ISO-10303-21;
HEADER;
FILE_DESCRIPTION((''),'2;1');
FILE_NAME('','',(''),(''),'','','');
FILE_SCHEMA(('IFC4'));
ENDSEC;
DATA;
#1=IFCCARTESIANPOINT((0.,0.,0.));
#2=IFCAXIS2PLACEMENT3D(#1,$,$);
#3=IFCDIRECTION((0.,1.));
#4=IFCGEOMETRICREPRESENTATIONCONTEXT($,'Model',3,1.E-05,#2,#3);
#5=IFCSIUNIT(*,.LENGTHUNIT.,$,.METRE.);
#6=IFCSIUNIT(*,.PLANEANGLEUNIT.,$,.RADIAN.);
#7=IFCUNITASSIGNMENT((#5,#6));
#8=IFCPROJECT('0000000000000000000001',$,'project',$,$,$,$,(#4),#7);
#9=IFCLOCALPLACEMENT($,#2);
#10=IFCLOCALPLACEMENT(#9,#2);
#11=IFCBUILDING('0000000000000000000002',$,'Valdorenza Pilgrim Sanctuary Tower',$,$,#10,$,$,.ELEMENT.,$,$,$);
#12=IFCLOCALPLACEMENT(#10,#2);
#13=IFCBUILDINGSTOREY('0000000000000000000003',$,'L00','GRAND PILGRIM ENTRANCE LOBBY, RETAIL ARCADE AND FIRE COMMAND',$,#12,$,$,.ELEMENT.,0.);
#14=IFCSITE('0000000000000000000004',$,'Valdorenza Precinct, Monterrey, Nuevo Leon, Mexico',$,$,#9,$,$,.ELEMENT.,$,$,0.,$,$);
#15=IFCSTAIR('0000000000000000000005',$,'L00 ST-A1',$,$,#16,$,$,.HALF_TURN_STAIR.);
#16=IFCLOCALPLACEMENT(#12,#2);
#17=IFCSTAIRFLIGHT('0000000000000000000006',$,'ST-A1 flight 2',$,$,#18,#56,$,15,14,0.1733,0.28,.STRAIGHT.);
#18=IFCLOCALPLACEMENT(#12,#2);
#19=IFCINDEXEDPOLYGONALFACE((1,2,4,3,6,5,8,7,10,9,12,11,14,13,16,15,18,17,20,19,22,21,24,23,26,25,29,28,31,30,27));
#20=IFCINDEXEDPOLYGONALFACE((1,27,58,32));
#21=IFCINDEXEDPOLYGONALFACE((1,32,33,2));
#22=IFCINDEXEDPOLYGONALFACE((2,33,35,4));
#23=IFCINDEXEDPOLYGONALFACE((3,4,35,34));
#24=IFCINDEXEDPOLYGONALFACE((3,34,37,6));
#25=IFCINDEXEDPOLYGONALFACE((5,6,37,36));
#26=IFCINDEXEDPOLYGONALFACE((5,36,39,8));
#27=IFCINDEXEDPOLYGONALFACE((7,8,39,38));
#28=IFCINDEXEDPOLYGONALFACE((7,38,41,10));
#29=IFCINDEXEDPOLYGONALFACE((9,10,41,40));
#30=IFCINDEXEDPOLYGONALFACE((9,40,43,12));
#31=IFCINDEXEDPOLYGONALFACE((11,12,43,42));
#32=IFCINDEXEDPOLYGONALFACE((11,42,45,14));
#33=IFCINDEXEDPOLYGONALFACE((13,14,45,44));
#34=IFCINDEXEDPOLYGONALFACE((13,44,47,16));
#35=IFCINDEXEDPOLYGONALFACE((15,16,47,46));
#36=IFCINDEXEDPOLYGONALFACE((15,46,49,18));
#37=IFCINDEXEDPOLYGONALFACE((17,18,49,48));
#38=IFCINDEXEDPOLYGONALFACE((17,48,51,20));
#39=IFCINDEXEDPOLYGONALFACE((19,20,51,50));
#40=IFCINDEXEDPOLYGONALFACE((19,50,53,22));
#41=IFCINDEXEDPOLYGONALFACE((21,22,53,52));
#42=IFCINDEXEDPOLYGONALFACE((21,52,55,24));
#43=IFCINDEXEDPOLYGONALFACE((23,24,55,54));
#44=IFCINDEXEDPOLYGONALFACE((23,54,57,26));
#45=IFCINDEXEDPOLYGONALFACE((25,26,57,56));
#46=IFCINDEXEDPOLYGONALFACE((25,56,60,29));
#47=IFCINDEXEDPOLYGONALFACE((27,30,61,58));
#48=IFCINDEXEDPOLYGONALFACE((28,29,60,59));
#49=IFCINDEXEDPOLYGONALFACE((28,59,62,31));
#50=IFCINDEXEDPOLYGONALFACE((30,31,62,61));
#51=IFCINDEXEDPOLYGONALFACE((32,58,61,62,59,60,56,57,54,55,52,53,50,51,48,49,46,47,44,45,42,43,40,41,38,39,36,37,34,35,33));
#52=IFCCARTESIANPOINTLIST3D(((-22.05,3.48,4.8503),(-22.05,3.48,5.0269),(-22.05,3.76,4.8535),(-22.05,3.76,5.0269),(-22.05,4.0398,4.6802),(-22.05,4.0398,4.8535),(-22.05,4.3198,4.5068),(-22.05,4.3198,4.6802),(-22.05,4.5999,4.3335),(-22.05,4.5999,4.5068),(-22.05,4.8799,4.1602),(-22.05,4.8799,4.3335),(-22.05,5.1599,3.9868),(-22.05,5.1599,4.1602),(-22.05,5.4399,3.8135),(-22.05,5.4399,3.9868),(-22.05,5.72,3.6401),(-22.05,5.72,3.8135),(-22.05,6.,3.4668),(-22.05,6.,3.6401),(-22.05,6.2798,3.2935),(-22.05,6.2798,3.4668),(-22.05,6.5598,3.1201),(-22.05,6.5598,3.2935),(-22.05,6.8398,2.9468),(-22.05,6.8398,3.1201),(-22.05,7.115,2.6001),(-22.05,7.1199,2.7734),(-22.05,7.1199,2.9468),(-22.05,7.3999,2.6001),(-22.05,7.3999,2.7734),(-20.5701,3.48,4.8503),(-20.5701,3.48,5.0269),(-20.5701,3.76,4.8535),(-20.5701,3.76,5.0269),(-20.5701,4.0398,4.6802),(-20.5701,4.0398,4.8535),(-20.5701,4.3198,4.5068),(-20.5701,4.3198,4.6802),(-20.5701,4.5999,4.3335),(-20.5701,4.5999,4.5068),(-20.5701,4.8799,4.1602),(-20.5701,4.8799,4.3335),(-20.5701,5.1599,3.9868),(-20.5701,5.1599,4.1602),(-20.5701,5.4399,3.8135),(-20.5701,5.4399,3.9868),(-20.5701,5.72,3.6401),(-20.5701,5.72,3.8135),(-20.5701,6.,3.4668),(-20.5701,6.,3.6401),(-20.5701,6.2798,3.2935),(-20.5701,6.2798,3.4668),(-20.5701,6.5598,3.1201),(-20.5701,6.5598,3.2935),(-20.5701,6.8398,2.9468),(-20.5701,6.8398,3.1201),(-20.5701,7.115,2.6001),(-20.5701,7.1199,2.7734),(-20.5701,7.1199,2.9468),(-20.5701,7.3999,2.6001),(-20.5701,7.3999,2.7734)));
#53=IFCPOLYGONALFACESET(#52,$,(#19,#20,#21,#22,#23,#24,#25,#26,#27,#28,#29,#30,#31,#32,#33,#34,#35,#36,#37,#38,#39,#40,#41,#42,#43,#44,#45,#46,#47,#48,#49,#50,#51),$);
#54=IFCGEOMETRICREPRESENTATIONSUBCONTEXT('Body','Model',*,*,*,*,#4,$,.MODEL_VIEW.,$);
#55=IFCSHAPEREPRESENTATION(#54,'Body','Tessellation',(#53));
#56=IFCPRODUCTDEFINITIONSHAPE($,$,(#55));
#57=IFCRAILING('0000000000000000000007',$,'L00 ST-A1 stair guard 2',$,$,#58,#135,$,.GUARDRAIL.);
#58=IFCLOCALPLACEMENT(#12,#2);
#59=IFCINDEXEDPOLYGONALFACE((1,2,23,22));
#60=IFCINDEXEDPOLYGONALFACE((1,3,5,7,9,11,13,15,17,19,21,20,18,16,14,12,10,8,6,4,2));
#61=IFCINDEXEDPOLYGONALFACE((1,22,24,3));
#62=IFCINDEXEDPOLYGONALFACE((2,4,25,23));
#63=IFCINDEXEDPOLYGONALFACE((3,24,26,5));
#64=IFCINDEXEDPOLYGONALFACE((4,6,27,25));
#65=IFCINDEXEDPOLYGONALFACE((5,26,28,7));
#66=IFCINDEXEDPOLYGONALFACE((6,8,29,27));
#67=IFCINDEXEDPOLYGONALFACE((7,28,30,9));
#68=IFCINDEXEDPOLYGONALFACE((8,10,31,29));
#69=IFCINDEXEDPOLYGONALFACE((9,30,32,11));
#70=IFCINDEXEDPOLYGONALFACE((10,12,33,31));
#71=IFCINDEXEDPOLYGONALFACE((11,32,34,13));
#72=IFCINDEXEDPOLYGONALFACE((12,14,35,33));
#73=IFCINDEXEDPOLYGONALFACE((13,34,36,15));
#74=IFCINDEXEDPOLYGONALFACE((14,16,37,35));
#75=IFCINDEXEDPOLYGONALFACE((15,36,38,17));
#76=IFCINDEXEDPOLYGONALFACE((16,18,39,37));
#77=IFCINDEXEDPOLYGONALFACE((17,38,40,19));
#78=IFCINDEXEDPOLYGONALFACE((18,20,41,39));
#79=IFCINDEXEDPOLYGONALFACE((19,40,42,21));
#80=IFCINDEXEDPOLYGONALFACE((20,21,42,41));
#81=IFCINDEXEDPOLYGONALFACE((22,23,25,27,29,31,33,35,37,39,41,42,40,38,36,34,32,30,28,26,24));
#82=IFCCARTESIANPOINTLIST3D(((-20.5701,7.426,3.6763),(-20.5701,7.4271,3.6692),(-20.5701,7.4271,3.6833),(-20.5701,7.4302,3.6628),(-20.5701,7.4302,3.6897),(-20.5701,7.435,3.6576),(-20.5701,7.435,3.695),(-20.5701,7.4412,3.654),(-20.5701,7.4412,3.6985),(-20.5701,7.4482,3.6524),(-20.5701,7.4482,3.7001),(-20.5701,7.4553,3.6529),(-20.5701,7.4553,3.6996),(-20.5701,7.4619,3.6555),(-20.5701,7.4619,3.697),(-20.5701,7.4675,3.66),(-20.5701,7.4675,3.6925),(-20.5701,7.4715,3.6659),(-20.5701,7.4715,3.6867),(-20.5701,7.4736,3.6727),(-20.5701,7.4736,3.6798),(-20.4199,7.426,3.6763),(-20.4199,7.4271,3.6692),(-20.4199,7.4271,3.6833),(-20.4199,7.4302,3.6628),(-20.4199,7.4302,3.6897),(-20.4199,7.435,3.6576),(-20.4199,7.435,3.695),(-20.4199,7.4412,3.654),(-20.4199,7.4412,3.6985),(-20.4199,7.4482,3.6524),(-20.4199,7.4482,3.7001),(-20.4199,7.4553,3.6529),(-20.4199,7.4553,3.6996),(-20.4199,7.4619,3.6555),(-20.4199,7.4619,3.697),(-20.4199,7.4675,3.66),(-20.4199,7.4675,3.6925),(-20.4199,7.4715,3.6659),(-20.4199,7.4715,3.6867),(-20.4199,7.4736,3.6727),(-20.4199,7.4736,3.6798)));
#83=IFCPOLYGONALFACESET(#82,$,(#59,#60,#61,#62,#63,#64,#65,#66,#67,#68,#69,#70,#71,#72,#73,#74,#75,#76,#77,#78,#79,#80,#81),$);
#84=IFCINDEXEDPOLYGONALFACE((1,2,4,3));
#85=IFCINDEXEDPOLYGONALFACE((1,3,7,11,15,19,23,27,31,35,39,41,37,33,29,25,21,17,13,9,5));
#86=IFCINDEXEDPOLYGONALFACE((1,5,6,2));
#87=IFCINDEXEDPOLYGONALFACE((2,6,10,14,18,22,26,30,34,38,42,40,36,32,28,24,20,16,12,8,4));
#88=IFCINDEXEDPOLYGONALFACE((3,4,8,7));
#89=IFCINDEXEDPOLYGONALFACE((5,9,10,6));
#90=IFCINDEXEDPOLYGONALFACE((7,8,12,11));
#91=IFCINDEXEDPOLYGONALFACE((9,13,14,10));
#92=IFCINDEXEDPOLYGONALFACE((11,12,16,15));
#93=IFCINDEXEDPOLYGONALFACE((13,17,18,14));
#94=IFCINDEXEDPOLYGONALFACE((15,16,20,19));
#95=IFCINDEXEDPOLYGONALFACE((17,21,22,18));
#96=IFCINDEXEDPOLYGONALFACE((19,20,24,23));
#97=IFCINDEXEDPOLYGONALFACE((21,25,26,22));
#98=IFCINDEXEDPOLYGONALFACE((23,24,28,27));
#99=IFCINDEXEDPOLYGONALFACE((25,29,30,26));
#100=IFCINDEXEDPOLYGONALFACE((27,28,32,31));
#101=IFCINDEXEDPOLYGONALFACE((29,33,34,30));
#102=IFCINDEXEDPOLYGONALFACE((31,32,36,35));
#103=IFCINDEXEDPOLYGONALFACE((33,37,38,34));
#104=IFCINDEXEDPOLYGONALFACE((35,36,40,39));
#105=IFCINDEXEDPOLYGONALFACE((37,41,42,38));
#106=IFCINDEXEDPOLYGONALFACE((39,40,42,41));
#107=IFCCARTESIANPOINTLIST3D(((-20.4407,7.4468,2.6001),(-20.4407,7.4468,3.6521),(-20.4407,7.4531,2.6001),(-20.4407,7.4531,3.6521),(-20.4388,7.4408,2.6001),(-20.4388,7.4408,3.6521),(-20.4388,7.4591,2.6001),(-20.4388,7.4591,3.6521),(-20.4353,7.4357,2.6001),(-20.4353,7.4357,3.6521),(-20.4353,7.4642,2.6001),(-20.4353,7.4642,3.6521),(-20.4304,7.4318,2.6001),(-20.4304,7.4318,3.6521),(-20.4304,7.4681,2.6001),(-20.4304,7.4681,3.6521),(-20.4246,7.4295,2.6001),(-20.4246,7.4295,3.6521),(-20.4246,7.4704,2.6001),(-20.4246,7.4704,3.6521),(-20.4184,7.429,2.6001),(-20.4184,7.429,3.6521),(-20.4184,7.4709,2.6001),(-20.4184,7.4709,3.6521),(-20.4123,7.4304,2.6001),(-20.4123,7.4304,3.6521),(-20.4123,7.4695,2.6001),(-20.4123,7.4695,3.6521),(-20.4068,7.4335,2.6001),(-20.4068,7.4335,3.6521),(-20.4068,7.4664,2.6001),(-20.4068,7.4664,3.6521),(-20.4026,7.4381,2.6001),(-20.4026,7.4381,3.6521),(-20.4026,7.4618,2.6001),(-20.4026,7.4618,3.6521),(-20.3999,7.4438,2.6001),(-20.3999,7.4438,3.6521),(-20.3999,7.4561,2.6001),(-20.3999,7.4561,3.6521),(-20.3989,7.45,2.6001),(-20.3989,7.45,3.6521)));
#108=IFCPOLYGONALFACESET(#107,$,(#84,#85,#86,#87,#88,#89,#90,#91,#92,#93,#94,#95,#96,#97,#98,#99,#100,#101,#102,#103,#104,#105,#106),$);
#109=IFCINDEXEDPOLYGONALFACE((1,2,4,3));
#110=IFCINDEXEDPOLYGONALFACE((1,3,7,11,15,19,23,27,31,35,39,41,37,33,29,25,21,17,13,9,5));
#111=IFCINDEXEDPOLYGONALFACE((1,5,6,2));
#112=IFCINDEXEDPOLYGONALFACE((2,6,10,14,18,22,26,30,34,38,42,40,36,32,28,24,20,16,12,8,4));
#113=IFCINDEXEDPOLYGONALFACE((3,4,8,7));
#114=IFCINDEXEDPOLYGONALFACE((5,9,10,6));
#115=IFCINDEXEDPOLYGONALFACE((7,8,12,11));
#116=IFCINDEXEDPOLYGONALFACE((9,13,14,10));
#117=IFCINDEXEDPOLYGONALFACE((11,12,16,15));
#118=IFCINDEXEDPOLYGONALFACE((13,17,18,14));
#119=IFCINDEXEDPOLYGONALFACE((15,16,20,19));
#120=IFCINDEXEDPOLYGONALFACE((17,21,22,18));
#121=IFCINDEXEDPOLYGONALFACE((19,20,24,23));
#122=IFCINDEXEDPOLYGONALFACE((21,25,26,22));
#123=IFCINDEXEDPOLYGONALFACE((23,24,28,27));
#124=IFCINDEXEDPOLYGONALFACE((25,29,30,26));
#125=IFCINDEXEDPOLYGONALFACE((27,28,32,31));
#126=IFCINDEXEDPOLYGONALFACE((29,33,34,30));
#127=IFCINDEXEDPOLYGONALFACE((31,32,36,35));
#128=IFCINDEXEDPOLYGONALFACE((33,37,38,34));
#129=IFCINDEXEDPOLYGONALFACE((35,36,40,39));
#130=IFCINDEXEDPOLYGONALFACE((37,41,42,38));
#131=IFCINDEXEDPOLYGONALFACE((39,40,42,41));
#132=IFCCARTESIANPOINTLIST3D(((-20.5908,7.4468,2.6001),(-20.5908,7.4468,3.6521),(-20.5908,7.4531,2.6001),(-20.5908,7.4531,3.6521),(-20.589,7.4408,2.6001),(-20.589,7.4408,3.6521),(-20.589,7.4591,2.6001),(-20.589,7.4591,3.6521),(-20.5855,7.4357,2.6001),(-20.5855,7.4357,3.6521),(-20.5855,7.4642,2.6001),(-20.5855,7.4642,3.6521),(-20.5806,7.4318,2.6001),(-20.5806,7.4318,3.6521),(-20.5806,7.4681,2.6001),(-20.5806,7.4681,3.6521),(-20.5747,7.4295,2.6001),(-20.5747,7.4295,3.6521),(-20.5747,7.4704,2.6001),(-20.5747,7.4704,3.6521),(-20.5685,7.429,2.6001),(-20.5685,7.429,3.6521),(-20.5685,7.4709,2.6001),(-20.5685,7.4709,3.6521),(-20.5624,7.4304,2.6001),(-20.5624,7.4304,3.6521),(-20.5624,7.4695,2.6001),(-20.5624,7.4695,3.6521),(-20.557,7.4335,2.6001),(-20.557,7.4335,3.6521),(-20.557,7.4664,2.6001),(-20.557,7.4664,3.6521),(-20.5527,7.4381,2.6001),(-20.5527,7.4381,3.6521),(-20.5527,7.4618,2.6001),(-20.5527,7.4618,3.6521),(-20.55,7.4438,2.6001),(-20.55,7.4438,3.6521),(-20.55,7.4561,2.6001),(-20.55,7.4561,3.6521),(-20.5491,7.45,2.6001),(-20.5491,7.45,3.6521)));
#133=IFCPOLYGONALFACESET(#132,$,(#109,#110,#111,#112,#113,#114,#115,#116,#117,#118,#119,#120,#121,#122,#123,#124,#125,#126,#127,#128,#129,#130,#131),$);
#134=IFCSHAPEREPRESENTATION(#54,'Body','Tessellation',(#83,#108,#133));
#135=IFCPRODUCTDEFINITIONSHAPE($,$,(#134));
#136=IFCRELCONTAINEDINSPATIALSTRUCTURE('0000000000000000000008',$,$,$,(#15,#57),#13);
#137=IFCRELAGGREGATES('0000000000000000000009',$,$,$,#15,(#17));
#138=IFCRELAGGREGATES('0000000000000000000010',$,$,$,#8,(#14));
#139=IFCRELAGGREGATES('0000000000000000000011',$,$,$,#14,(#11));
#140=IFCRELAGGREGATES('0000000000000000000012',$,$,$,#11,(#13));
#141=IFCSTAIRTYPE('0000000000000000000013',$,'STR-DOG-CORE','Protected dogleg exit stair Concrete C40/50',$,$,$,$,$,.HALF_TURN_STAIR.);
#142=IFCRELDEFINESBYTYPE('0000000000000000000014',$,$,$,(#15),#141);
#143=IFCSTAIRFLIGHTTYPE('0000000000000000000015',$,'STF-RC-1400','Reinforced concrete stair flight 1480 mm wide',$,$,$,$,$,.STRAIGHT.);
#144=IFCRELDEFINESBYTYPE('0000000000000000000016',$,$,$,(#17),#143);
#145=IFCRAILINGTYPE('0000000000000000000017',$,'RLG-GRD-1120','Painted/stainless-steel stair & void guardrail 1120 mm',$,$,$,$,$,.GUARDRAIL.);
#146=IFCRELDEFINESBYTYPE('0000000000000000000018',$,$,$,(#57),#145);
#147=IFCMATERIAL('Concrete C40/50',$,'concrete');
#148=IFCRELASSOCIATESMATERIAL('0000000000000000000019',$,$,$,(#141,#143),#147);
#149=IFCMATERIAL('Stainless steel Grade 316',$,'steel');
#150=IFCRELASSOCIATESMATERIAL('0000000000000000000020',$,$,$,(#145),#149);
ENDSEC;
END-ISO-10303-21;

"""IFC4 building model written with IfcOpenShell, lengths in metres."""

from ifc_helpers import new_model, si_unit, direction, frame, origin, origin_2d, place, context, subcontext, project, spatial, polyline, circle, outline, extrude, material, type_object, element, aggregate, save


model = new_model("IFC4")

# Units and contexts
model_context = context("Model", 3, precision=1e-05, world=origin(), true_north=direction((0.0, 1.0)))
body_context = subcontext(model_context, "Body", "Model", "MODEL_VIEW")
ifc_project = project(units=[si_unit("LENGTHUNIT", "METRE"), si_unit("PLANEANGLEUNIT", "RADIAN")], contexts=[model_context])

# Site, building, storey
site_placement = place(None, origin())
site = spatial("IfcSite", under=ifc_project, at=site_placement, Name="Valdorenza Precinct, Monterrey, Nuevo Leon, Mexico", CompositionType="ELEMENT", RefElevation=0.0)
building_placement = place(site_placement, origin())
building = spatial("IfcBuilding", under=site, at=building_placement, Name="Valdorenza Pilgrim Sanctuary Tower", CompositionType="ELEMENT")
storey_placement = place(building_placement, origin())
storey = spatial("IfcBuildingStorey", under=building, at=storey_placement, Name="L00", Description="GRAND PILGRIM ENTRANCE LOBBY, RETAIL ARCADE AND FIRE COMMAND", CompositionType="ELEMENT", Elevation=0.0)

# Shared definitions
ifc_material_1 = material(Name="Concrete C40/50", Category="concrete")

# Stair, stair flight
stair_type = type_object("IfcStairType", Name="STR-DOG-CORE", Description="Protected dogleg exit stair Concrete C40/50", PredefinedType="HALF_TURN_STAIR", material=ifc_material_1)
stair_placement = place(storey_placement, origin())
stair = element("IfcStair", 1, at=stair_placement, inside=storey, type_object=stair_type, Name="L00 ST-A1", PredefinedType="HALF_TURN_STAIR")
stair_flight_type = type_object("IfcStairFlightType", Name="STF-RC-1400", Description="Reinforced concrete stair flight 1480 mm wide", PredefinedType="STRAIGHT", material=ifc_material_1)
stair_flight_placement = place(storey_placement, frame((-21.3101, 7.3999, 2.6001), z_axis=(0.0, 0.0, 1.0), x_axis=(0.0, -1.0, 0.0)))
stair_flight = element("IfcStairFlight", 2, at=stair_flight_placement, type_object=stair_flight_type, Name="ST-A1 flight 2", NumberOfRisers=15, NumberOfTreads=14, PredefinedType="STRAIGHT", RiserHeight=0.1733, TreadLength=0.28, context=body_context, shape_type="SweptSolid", body=[
    extrude(outline(polyline([(0.0, 0.0), (0.0, 0.1733), (0.28, 0.1733), (0.28, 0.3467), (0.5601, 0.3467), (0.5601, 0.52), (0.8401, 0.52), (0.8401, 0.6934), (1.1201, 0.6934), (1.1201, 0.8667), (1.3999, 0.8667), (1.3999, 1.04), (1.6799, 1.04), (1.6799, 1.2134), (1.96, 1.2134), (1.96, 1.3867), (2.24, 1.3867), (2.24, 1.5601), (2.52, 1.5601), (2.52, 1.7334), (2.8, 1.7334), (2.8, 1.9067), (3.0801, 1.9067), (3.0801, 2.0801), (3.3601, 2.0801), (3.3601, 2.2534), (3.6399, 2.2534), (3.6399, 2.4268), (3.9199, 2.4268), (3.9199, 2.6001), (3.9199, 2.2502), (0.2849, 0.0), (0.0, 0.0)])), frame((0.0, 0.74, 0.0), z_axis=(0.0, -1.0, 0.0), x_axis=(1.0, 0.0, 0.0)), (0.0, 0.0, 1.0), 1.48),
])
aggregate(stair, [stair_flight])

# Railing
ifc_material_2 = material(Name="Stainless steel Grade 316", Category="steel")
railing_type_1 = type_object("IfcRailingType", Name="RLG-GRD-1120", Description="Painted/stainless-steel stair & void guardrail 1120 mm", PredefinedType="GUARDRAIL", material=ifc_material_2)
railing_1_placement = place(storey_placement, frame((-20.4199, 7.45, 2.6001)))
element("IfcRailing", 3, at=railing_1_placement, inside=storey, type_object=railing_type_1, Name="L00 ST-A1 stair guard 2", PredefinedType="GUARDRAIL", context=body_context, shape_type="SweptSolid", body=[
    extrude(circle(Radius=0.0239, at=origin_2d()), frame((0.0, 0.0, 1.0762), z_axis=(-1.0, 0.0, 0.0), x_axis=(0.0, -1.0, 0.0)), (0.0, 0.0, 1.0), 0.1501),
    extrude(circle(Radius=0.021, at=origin_2d()), origin(), (0.0, 0.0, 1.0), 1.052),
    extrude(circle(Radius=0.021, at=origin_2d()), frame((-0.1501, 0.0, 0.0)), (0.0, 0.0, 1.0), 1.052),
])

save(model, "model.ifc")
